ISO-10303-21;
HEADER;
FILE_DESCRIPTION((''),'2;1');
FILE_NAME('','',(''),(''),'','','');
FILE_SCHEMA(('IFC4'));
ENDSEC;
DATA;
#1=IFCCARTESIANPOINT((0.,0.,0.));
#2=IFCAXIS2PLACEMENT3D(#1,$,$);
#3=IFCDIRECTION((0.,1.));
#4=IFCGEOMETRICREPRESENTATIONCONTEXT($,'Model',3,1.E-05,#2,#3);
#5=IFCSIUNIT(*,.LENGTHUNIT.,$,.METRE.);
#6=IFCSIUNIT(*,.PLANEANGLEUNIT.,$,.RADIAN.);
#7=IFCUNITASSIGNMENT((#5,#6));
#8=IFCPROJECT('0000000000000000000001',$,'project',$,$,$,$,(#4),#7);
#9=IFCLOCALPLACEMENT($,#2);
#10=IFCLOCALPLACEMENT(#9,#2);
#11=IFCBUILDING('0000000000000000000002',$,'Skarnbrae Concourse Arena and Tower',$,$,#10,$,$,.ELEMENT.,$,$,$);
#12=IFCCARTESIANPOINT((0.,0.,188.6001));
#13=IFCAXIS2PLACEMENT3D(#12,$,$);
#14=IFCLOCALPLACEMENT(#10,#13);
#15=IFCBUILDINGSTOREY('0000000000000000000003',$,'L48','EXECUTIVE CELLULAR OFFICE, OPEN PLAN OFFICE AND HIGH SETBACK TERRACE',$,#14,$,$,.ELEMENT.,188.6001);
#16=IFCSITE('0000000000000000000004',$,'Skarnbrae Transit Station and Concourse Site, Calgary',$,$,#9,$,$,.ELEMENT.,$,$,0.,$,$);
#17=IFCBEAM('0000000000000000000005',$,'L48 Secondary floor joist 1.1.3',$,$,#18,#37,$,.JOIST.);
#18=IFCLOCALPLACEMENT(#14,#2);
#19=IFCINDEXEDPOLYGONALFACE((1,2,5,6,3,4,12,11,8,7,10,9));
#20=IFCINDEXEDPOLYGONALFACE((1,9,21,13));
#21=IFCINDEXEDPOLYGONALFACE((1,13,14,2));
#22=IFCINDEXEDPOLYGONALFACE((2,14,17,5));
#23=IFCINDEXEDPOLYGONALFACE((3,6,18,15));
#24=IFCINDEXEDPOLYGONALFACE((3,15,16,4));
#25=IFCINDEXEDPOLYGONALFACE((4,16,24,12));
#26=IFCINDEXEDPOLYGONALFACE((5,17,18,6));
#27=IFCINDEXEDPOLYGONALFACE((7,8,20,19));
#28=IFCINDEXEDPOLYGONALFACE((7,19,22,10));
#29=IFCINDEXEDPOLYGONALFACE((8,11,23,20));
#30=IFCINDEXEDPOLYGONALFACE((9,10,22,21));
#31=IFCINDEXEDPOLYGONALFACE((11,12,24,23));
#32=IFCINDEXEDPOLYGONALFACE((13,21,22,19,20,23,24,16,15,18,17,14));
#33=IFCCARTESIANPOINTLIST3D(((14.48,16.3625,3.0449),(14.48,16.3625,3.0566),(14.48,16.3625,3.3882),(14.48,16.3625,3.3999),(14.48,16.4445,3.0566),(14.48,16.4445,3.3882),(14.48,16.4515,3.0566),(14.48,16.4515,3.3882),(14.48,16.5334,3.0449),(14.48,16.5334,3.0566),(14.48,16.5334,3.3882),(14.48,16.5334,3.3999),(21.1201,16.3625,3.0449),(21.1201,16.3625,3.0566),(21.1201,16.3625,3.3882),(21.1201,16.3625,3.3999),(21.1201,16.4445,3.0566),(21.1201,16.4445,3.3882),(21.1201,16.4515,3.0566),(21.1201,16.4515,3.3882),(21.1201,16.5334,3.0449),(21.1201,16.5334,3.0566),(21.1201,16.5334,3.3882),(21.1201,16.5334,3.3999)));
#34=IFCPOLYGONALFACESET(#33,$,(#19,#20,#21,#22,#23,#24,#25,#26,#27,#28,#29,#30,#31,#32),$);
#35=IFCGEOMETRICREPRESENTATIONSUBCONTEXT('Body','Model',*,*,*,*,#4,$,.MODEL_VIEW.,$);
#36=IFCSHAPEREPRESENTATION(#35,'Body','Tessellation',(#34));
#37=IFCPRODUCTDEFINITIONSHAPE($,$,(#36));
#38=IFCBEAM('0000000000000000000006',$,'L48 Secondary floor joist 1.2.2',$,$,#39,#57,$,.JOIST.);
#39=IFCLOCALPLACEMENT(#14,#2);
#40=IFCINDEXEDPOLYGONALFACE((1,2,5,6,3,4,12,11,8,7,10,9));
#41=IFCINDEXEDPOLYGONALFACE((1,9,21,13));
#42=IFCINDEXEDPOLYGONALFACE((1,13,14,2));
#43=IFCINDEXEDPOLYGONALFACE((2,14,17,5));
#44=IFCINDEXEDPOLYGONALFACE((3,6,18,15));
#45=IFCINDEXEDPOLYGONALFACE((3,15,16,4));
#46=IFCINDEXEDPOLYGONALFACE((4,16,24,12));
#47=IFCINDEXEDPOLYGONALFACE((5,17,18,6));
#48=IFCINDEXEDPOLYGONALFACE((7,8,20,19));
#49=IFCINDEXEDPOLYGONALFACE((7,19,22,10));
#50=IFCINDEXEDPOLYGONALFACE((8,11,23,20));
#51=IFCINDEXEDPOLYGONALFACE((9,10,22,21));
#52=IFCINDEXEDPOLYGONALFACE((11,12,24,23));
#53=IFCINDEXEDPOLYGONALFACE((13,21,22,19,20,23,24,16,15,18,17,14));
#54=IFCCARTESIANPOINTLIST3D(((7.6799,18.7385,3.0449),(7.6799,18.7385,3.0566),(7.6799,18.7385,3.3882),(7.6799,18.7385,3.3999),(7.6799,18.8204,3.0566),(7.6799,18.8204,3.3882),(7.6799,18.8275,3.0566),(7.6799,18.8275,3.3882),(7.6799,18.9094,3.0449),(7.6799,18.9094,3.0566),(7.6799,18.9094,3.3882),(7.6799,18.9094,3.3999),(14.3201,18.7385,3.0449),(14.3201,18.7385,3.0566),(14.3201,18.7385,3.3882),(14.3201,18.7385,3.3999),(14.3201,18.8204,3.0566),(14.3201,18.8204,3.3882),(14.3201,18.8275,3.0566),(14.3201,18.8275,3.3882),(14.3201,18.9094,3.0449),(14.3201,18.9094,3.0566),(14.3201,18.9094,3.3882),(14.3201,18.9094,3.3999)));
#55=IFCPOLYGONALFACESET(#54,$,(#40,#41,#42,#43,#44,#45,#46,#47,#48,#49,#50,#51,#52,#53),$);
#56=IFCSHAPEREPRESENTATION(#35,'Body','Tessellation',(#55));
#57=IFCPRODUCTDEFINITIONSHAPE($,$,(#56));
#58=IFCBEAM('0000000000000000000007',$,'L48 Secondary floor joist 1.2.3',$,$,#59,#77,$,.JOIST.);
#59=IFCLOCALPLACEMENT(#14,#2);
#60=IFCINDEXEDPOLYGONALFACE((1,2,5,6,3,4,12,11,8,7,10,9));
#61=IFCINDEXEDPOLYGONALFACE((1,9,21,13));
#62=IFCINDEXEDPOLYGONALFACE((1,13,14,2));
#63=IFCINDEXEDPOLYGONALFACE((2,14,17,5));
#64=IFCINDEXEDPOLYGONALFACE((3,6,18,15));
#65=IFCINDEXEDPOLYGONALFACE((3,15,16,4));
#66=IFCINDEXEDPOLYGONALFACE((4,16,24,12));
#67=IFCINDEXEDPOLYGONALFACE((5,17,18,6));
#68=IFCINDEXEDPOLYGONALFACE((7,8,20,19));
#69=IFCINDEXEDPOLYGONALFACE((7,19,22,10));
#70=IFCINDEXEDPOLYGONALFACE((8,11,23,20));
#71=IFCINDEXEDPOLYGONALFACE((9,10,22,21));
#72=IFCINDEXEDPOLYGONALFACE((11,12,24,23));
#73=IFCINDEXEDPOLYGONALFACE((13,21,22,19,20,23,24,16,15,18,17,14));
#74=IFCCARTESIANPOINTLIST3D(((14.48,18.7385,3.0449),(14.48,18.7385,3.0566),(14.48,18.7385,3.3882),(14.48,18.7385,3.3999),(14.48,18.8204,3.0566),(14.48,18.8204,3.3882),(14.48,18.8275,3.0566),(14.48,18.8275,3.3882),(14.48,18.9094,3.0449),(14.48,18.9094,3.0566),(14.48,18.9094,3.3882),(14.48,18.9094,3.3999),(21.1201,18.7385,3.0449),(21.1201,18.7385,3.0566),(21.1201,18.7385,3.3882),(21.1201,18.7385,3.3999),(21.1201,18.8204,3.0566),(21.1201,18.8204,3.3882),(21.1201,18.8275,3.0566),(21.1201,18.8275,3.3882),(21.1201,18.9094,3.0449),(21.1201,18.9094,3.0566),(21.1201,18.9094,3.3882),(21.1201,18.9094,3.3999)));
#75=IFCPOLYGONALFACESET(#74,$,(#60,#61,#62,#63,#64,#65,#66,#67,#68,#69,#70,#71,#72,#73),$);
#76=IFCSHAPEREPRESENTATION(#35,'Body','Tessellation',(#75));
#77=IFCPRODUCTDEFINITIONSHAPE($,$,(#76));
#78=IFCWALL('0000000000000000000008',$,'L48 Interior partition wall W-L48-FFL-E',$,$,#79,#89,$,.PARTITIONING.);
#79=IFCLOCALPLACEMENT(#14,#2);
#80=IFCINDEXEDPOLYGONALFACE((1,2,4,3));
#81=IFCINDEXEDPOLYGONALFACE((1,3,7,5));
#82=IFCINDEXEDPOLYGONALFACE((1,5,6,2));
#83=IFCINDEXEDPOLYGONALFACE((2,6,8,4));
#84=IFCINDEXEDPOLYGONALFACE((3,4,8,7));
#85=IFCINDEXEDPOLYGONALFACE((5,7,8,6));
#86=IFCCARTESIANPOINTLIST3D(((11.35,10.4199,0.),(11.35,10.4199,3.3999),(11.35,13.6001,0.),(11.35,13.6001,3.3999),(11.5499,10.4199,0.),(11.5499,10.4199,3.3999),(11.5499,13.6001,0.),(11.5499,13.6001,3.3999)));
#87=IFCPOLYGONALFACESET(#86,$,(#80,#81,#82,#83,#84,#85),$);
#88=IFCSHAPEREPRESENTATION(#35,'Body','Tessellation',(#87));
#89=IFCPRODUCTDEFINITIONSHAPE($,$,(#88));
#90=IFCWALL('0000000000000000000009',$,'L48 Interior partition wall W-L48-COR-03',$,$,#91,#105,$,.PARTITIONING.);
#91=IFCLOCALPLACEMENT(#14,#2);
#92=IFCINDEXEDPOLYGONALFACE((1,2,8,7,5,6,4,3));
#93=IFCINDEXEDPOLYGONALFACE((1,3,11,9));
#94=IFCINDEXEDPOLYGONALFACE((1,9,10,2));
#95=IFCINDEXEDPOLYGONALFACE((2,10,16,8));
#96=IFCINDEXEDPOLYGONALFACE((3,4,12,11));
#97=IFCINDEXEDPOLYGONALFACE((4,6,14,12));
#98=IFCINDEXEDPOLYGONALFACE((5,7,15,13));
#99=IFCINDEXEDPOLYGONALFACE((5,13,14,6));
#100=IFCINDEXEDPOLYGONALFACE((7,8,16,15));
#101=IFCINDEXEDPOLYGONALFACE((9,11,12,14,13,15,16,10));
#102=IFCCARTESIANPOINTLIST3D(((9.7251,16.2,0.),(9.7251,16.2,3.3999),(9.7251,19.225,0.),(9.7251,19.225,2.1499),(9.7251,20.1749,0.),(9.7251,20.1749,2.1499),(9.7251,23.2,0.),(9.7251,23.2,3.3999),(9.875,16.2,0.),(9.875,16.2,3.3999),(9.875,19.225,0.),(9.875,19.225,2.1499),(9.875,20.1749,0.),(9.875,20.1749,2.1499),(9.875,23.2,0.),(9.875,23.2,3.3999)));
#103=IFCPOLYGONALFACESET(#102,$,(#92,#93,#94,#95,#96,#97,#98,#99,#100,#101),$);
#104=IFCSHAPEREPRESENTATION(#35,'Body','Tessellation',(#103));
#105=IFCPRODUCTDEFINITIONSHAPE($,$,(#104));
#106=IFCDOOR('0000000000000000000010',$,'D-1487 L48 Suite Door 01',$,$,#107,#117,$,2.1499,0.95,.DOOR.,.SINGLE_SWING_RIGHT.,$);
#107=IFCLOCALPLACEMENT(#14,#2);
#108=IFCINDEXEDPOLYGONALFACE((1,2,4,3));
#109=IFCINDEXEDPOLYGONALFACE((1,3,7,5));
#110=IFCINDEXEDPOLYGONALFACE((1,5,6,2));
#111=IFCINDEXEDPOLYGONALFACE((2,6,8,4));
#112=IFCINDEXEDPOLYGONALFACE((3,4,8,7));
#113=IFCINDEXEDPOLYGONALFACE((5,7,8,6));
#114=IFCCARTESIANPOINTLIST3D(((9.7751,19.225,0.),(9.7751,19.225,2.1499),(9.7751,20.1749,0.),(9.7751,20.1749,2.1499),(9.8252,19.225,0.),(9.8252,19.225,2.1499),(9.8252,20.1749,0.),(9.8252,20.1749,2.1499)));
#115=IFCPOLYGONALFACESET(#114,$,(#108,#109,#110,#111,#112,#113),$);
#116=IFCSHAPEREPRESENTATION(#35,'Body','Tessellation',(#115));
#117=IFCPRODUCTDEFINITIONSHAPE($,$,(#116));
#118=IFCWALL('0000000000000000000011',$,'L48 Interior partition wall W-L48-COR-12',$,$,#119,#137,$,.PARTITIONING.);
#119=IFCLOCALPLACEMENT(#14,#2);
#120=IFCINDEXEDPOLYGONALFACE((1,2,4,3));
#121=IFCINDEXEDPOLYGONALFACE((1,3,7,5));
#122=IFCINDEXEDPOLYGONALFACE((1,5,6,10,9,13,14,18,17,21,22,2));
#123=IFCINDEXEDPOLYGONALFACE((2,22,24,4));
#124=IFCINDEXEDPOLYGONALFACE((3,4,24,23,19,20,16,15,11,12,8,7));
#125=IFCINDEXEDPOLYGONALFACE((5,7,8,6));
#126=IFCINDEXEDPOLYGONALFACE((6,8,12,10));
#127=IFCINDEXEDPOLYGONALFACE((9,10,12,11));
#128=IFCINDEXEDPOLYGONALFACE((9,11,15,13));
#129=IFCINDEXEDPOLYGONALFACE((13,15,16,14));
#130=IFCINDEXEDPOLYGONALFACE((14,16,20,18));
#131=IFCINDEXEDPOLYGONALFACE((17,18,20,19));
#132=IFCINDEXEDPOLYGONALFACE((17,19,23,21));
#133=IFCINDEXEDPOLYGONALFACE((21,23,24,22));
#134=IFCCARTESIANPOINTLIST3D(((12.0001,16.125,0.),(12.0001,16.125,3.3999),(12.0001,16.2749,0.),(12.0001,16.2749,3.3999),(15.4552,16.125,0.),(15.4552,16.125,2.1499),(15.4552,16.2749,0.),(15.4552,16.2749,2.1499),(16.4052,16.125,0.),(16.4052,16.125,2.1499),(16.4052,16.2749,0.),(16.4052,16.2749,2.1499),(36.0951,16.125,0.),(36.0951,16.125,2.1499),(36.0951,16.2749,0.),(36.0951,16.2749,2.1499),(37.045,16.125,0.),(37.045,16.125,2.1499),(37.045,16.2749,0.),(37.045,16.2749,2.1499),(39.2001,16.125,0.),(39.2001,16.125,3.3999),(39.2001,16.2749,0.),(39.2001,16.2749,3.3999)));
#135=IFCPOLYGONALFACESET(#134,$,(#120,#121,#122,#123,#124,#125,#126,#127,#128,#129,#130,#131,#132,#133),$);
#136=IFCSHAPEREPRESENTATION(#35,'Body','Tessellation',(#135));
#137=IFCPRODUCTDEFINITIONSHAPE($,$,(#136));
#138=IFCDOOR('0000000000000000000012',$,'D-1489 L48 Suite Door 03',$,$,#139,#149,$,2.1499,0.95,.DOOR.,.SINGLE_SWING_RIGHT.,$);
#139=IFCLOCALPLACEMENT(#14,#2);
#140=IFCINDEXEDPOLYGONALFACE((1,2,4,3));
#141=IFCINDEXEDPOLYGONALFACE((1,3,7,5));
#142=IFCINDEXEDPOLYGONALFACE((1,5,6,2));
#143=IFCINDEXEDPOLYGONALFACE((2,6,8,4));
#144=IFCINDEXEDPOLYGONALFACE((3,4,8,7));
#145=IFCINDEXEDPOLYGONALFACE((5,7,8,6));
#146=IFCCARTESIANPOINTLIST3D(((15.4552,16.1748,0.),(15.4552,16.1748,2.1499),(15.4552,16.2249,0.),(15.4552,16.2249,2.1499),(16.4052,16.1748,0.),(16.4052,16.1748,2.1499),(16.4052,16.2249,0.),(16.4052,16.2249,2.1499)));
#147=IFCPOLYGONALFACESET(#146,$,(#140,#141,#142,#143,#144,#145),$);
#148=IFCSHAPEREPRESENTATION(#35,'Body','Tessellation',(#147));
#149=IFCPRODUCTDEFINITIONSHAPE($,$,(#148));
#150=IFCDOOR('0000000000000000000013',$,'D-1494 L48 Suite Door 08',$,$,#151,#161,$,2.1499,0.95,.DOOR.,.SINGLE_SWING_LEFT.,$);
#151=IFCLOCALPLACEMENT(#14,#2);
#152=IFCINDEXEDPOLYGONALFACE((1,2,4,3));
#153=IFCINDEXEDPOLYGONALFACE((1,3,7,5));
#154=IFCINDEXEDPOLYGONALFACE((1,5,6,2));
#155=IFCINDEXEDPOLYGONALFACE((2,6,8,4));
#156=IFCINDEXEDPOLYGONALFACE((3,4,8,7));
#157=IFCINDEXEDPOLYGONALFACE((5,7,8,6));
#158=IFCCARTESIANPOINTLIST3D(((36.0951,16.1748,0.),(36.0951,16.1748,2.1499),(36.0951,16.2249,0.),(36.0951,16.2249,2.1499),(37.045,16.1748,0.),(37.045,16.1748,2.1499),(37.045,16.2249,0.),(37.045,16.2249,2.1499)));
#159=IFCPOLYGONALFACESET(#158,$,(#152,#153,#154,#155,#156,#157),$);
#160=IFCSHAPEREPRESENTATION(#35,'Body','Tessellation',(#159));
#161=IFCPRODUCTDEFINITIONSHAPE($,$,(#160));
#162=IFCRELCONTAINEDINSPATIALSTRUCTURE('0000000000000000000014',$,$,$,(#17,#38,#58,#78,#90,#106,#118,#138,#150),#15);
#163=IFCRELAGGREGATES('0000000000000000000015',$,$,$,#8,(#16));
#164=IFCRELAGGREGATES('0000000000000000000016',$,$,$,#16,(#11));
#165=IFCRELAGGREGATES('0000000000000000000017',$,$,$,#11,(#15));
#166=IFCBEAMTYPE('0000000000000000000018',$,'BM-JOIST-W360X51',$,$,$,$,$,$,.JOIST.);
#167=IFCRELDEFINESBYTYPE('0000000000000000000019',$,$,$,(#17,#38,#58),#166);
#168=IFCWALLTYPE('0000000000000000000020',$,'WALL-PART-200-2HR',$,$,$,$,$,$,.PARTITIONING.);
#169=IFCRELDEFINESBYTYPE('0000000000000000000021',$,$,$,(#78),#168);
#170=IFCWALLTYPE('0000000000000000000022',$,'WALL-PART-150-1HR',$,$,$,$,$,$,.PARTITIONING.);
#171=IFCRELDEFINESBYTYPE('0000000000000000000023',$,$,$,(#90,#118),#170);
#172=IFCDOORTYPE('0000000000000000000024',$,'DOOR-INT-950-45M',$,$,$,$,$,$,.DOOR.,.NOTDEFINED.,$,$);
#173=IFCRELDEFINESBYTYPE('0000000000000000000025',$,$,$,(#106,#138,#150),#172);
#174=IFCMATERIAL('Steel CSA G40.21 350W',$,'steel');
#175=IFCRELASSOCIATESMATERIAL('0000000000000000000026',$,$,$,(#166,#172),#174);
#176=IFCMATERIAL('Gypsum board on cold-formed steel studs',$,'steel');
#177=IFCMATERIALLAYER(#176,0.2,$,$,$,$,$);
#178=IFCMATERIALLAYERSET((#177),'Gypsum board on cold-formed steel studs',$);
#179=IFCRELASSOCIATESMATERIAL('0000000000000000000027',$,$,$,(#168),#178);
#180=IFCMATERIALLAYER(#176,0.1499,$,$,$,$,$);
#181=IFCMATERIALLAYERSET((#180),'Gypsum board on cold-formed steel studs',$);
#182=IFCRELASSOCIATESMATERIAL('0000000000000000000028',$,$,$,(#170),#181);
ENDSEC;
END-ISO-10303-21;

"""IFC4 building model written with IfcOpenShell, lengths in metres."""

from ifc_helpers import new_model, si_unit, direction, frame, frame_2d, origin, origin_2d, place, context, subcontext, project, spatial, rectangle, i_section, extrude, source, transform, mapped, material, layer, layer_set, material_profile, profile_set, type_object, element, fill, save


model = new_model("IFC4")

# Units and contexts
model_context = context("Model", 3, precision=1e-05, world=origin(), true_north=direction((0.0, 1.0)))
body_context = subcontext(model_context, "Body", "Model", "MODEL_VIEW")
ifc_project = project(units=[si_unit("LENGTHUNIT", "METRE"), si_unit("PLANEANGLEUNIT", "RADIAN")], contexts=[model_context])

# Site, building, storey
site_placement = place(None, origin())
site = spatial("IfcSite", under=ifc_project, at=site_placement, Name="Skarnbrae Transit Station and Concourse Site, Calgary", CompositionType="ELEMENT", RefElevation=0.0)
building_placement = place(site_placement, origin())
building = spatial("IfcBuilding", under=site, at=building_placement, Name="Skarnbrae Concourse Arena and Tower", CompositionType="ELEMENT")
storey_placement = place(building_placement, frame((0.0, 0.0, 188.6001)))
storey = spatial("IfcBuildingStorey", under=building, at=storey_placement, Name="L48", Description="EXECUTIVE CELLULAR OFFICE, OPEN PLAN OFFICE AND HIGH SETBACK TERRACE", CompositionType="ELEMENT", Elevation=188.6001)

# Shared definitions
ifc_material_1 = material(Name="Steel CSA G40.21 350W", Category="steel")

# Beams
ifc_material_profile_1 = material_profile(ifc_material_1, i_section(OverallWidth=0.1709, OverallDepth=0.355, WebThickness=0.0071, FlangeThickness=0.0117, at=origin_2d()), Name="W360X51")
ifc_profile_set_1 = profile_set([ifc_material_profile_1], Name="Steel CSA G40.21 350W")
beam_type_1 = type_object("IfcBeamType", Name="BM-JOIST-W360X51", PredefinedType="JOIST", material=ifc_profile_set_1)
shared_shape_1 = source(origin(), body_context, "Body", "SweptSolid", [
    extrude(i_section(OverallWidth=0.1709, OverallDepth=0.355, WebThickness=0.0071, FlangeThickness=0.0117, at=origin_2d()), origin(), (0.0, 0.0, 1.0), 6.6401),
])
for number, where, z_axis, x_axis, name in (
    (1, (14.48, 16.448, 3.2224), (1.0, 0.0, 0.0), (0.0, 1.0, 0.0), "L48 Secondary floor joist 1.1.3"),
    (2, (7.6799, 18.824, 3.2224), (1.0, 0.0, 0.0), (0.0, 1.0, 0.0), "L48 Secondary floor joist 1.2.2"),
    (3, (14.48, 18.824, 3.2224), (1.0, 0.0, 0.0), (0.0, 1.0, 0.0), "L48 Secondary floor joist 1.2.3"),
):
    element("IfcBeam", number, at=place(storey_placement, frame(where, z_axis=z_axis, x_axis=x_axis)), inside=storey, type_object=beam_type_1, Name=name, PredefinedType="JOIST", context=body_context, shape_type="MappedRepresentation", body=[
        mapped(shared_shape_1, transform((0.0, 0.0, 0.0))),
    ])

# Wall
ifc_material_2 = material(Name="Gypsum board on cold-formed steel studs", Category="steel")
ifc_layer_1 = layer(ifc_material_2, 0.2)
ifc_layer_set_1 = layer_set([ifc_layer_1], Name="Gypsum board on cold-formed steel studs")
wall_type_1 = type_object("IfcWallType", Name="WALL-PART-200-2HR", PredefinedType="PARTITIONING", material=ifc_layer_set_1)
shared_shape_2 = source(origin(), body_context, "Body", "SweptSolid", [
    extrude(rectangle(XDim=3.1802, YDim=0.2, at=frame_2d((1.5901, 0.0))), origin(), (0.0, 0.0, 1.0), 3.3999),
])
wall_1_placement = place(storey_placement, frame((11.45, 10.4199, 0.0), z_axis=(0.0, 0.0, 1.0), x_axis=(0.0, 1.0, 0.0)))
element("IfcWall", 4, at=wall_1_placement, inside=storey, type_object=wall_type_1, Name="L48 Interior partition wall W-L48-FFL-E", PredefinedType="PARTITIONING", context=body_context, shape_type="MappedRepresentation", body=[
    mapped(shared_shape_2, transform((0.0, 0.0, 0.0))),
])

# Wall, opening, door
ifc_layer_2 = layer(ifc_material_2, 0.1499)
ifc_layer_set_2 = layer_set([ifc_layer_2], Name="Gypsum board on cold-formed steel studs")
wall_type_2 = type_object("IfcWallType", Name="WALL-PART-150-1HR", PredefinedType="PARTITIONING", material=ifc_layer_set_2)
shared_shape_3 = source(origin(), body_context, "Body", "SweptSolid", [
    extrude(rectangle(XDim=7.0, YDim=0.1499, at=frame_2d((3.5, 0.0))), origin(), (0.0, 0.0, 1.0), 3.3999),
])
wall_2_placement = place(storey_placement, frame((9.8, 16.2, 0.0), z_axis=(0.0, 0.0, 1.0), x_axis=(0.0, 1.0, 0.0)))
wall_2 = element("IfcWall", 5, at=wall_2_placement, inside=storey, type_object=wall_type_2, Name="L48 Interior partition wall W-L48-COR-03", PredefinedType="PARTITIONING", context=body_context, shape_type="MappedRepresentation", body=[
    mapped(shared_shape_3, transform((0.0, 0.0, 0.0))),
])
opening_1_placement = place(wall_2_placement, frame((3.0249, 0.0, 0.0)))
opening_1 = element("IfcOpeningElement", 6, at=opening_1_placement, cuts=wall_2, PredefinedType="OPENING", context=body_context, shape_type="SweptSolid", body=[
    extrude(rectangle(XDim=0.95, YDim=2.1499, at=frame_2d((0.4751, 1.075))), frame((0.0, 0.085, 0.0), z_axis=(0.0, -1.0, 0.0), x_axis=(1.0, 0.0, 0.0)), (0.0, 0.0, 1.0), 0.1699),
])
door_type_1 = type_object("IfcDoorType", Name="DOOR-INT-950-45M", OperationType="NOTDEFINED", PredefinedType="DOOR", material=ifc_material_1)
shared_shape_4 = source(origin(), body_context, "Body", "SweptSolid", [
    extrude(rectangle(XDim=0.95, YDim=2.1499, at=frame_2d((0.4751, 1.075))), frame((0.0, 0.0249, 0.0), z_axis=(0.0, -1.0, 0.0), x_axis=(1.0, 0.0, 0.0)), (0.0, 0.0, 1.0), 0.05),
])
door_1_placement = place(opening_1_placement, origin())
door_1 = element("IfcDoor", 7, at=door_1_placement, inside=storey, type_object=door_type_1, Name="D-1487 L48 Suite Door 01", OperationType="SINGLE_SWING_RIGHT", OverallHeight=2.1499, OverallWidth=0.95, PredefinedType="DOOR", context=body_context, shape_type="MappedRepresentation", body=[
    mapped(shared_shape_4, transform((0.0, 0.0, 0.0))),
])
fill(opening_1, door_1)

# Wall, openings, doors
shared_shape_5 = source(origin(), body_context, "Body", "SweptSolid", [
    extrude(rectangle(XDim=27.2, YDim=0.1499, at=frame_2d((13.6001, 0.0))), origin(), (0.0, 0.0, 1.0), 3.3999),
])
wall_3_placement = place(storey_placement, frame((12.0, 16.2, 0.0), z_axis=(0.0, 0.0, 1.0), x_axis=(1.0, 0.0, 0.0)))
wall_3 = element("IfcWall", 8, at=wall_3_placement, inside=storey, type_object=wall_type_2, Name="L48 Interior partition wall W-L48-COR-12", PredefinedType="PARTITIONING", context=body_context, shape_type="MappedRepresentation", body=[
    mapped(shared_shape_5, transform((0.0, 0.0, 0.0))),
])
opening_2_placement = place(wall_3_placement, frame((3.4551, 0.0, 0.0)))
opening_2 = element("IfcOpeningElement", 9, at=opening_2_placement, cuts=wall_3, PredefinedType="OPENING", context=body_context, shape_type="SweptSolid", body=[
    extrude(rectangle(XDim=0.95, YDim=2.1499, at=frame_2d((0.4751, 1.075))), frame((0.0, 0.085, 0.0), z_axis=(0.0, -1.0, 0.0), x_axis=(1.0, 0.0, 0.0)), (0.0, 0.0, 1.0), 0.1699),
])
opening_3_placement = place(wall_3_placement, frame((24.095, 0.0, 0.0)))
opening_3 = element("IfcOpeningElement", 10, at=opening_3_placement, cuts=wall_3, PredefinedType="OPENING", context=body_context, shape_type="SweptSolid", body=[
    extrude(rectangle(XDim=0.95, YDim=2.1499, at=frame_2d((0.4751, 1.075))), frame((0.0, 0.085, 0.0), z_axis=(0.0, -1.0, 0.0), x_axis=(1.0, 0.0, 0.0)), (0.0, 0.0, 1.0), 0.1699),
])
door_2_placement = place(opening_2_placement, origin())
door_2 = element("IfcDoor", 11, at=door_2_placement, inside=storey, type_object=door_type_1, Name="D-1489 L48 Suite Door 03", OperationType="SINGLE_SWING_RIGHT", OverallHeight=2.1499, OverallWidth=0.95, PredefinedType="DOOR", context=body_context, shape_type="MappedRepresentation", body=[
    mapped(shared_shape_4, transform((0.0, 0.0, 0.0))),
])
fill(opening_2, door_2)
door_3_placement = place(opening_3_placement, origin())
door_3 = element("IfcDoor", 12, at=door_3_placement, inside=storey, type_object=door_type_1, Name="D-1494 L48 Suite Door 08", OperationType="SINGLE_SWING_LEFT", OverallHeight=2.1499, OverallWidth=0.95, PredefinedType="DOOR", context=body_context, shape_type="MappedRepresentation", body=[
    mapped(shared_shape_4, transform((0.0, 0.0, 0.0))),
])
fill(opening_3, door_3)

save(model, "model.ifc")
